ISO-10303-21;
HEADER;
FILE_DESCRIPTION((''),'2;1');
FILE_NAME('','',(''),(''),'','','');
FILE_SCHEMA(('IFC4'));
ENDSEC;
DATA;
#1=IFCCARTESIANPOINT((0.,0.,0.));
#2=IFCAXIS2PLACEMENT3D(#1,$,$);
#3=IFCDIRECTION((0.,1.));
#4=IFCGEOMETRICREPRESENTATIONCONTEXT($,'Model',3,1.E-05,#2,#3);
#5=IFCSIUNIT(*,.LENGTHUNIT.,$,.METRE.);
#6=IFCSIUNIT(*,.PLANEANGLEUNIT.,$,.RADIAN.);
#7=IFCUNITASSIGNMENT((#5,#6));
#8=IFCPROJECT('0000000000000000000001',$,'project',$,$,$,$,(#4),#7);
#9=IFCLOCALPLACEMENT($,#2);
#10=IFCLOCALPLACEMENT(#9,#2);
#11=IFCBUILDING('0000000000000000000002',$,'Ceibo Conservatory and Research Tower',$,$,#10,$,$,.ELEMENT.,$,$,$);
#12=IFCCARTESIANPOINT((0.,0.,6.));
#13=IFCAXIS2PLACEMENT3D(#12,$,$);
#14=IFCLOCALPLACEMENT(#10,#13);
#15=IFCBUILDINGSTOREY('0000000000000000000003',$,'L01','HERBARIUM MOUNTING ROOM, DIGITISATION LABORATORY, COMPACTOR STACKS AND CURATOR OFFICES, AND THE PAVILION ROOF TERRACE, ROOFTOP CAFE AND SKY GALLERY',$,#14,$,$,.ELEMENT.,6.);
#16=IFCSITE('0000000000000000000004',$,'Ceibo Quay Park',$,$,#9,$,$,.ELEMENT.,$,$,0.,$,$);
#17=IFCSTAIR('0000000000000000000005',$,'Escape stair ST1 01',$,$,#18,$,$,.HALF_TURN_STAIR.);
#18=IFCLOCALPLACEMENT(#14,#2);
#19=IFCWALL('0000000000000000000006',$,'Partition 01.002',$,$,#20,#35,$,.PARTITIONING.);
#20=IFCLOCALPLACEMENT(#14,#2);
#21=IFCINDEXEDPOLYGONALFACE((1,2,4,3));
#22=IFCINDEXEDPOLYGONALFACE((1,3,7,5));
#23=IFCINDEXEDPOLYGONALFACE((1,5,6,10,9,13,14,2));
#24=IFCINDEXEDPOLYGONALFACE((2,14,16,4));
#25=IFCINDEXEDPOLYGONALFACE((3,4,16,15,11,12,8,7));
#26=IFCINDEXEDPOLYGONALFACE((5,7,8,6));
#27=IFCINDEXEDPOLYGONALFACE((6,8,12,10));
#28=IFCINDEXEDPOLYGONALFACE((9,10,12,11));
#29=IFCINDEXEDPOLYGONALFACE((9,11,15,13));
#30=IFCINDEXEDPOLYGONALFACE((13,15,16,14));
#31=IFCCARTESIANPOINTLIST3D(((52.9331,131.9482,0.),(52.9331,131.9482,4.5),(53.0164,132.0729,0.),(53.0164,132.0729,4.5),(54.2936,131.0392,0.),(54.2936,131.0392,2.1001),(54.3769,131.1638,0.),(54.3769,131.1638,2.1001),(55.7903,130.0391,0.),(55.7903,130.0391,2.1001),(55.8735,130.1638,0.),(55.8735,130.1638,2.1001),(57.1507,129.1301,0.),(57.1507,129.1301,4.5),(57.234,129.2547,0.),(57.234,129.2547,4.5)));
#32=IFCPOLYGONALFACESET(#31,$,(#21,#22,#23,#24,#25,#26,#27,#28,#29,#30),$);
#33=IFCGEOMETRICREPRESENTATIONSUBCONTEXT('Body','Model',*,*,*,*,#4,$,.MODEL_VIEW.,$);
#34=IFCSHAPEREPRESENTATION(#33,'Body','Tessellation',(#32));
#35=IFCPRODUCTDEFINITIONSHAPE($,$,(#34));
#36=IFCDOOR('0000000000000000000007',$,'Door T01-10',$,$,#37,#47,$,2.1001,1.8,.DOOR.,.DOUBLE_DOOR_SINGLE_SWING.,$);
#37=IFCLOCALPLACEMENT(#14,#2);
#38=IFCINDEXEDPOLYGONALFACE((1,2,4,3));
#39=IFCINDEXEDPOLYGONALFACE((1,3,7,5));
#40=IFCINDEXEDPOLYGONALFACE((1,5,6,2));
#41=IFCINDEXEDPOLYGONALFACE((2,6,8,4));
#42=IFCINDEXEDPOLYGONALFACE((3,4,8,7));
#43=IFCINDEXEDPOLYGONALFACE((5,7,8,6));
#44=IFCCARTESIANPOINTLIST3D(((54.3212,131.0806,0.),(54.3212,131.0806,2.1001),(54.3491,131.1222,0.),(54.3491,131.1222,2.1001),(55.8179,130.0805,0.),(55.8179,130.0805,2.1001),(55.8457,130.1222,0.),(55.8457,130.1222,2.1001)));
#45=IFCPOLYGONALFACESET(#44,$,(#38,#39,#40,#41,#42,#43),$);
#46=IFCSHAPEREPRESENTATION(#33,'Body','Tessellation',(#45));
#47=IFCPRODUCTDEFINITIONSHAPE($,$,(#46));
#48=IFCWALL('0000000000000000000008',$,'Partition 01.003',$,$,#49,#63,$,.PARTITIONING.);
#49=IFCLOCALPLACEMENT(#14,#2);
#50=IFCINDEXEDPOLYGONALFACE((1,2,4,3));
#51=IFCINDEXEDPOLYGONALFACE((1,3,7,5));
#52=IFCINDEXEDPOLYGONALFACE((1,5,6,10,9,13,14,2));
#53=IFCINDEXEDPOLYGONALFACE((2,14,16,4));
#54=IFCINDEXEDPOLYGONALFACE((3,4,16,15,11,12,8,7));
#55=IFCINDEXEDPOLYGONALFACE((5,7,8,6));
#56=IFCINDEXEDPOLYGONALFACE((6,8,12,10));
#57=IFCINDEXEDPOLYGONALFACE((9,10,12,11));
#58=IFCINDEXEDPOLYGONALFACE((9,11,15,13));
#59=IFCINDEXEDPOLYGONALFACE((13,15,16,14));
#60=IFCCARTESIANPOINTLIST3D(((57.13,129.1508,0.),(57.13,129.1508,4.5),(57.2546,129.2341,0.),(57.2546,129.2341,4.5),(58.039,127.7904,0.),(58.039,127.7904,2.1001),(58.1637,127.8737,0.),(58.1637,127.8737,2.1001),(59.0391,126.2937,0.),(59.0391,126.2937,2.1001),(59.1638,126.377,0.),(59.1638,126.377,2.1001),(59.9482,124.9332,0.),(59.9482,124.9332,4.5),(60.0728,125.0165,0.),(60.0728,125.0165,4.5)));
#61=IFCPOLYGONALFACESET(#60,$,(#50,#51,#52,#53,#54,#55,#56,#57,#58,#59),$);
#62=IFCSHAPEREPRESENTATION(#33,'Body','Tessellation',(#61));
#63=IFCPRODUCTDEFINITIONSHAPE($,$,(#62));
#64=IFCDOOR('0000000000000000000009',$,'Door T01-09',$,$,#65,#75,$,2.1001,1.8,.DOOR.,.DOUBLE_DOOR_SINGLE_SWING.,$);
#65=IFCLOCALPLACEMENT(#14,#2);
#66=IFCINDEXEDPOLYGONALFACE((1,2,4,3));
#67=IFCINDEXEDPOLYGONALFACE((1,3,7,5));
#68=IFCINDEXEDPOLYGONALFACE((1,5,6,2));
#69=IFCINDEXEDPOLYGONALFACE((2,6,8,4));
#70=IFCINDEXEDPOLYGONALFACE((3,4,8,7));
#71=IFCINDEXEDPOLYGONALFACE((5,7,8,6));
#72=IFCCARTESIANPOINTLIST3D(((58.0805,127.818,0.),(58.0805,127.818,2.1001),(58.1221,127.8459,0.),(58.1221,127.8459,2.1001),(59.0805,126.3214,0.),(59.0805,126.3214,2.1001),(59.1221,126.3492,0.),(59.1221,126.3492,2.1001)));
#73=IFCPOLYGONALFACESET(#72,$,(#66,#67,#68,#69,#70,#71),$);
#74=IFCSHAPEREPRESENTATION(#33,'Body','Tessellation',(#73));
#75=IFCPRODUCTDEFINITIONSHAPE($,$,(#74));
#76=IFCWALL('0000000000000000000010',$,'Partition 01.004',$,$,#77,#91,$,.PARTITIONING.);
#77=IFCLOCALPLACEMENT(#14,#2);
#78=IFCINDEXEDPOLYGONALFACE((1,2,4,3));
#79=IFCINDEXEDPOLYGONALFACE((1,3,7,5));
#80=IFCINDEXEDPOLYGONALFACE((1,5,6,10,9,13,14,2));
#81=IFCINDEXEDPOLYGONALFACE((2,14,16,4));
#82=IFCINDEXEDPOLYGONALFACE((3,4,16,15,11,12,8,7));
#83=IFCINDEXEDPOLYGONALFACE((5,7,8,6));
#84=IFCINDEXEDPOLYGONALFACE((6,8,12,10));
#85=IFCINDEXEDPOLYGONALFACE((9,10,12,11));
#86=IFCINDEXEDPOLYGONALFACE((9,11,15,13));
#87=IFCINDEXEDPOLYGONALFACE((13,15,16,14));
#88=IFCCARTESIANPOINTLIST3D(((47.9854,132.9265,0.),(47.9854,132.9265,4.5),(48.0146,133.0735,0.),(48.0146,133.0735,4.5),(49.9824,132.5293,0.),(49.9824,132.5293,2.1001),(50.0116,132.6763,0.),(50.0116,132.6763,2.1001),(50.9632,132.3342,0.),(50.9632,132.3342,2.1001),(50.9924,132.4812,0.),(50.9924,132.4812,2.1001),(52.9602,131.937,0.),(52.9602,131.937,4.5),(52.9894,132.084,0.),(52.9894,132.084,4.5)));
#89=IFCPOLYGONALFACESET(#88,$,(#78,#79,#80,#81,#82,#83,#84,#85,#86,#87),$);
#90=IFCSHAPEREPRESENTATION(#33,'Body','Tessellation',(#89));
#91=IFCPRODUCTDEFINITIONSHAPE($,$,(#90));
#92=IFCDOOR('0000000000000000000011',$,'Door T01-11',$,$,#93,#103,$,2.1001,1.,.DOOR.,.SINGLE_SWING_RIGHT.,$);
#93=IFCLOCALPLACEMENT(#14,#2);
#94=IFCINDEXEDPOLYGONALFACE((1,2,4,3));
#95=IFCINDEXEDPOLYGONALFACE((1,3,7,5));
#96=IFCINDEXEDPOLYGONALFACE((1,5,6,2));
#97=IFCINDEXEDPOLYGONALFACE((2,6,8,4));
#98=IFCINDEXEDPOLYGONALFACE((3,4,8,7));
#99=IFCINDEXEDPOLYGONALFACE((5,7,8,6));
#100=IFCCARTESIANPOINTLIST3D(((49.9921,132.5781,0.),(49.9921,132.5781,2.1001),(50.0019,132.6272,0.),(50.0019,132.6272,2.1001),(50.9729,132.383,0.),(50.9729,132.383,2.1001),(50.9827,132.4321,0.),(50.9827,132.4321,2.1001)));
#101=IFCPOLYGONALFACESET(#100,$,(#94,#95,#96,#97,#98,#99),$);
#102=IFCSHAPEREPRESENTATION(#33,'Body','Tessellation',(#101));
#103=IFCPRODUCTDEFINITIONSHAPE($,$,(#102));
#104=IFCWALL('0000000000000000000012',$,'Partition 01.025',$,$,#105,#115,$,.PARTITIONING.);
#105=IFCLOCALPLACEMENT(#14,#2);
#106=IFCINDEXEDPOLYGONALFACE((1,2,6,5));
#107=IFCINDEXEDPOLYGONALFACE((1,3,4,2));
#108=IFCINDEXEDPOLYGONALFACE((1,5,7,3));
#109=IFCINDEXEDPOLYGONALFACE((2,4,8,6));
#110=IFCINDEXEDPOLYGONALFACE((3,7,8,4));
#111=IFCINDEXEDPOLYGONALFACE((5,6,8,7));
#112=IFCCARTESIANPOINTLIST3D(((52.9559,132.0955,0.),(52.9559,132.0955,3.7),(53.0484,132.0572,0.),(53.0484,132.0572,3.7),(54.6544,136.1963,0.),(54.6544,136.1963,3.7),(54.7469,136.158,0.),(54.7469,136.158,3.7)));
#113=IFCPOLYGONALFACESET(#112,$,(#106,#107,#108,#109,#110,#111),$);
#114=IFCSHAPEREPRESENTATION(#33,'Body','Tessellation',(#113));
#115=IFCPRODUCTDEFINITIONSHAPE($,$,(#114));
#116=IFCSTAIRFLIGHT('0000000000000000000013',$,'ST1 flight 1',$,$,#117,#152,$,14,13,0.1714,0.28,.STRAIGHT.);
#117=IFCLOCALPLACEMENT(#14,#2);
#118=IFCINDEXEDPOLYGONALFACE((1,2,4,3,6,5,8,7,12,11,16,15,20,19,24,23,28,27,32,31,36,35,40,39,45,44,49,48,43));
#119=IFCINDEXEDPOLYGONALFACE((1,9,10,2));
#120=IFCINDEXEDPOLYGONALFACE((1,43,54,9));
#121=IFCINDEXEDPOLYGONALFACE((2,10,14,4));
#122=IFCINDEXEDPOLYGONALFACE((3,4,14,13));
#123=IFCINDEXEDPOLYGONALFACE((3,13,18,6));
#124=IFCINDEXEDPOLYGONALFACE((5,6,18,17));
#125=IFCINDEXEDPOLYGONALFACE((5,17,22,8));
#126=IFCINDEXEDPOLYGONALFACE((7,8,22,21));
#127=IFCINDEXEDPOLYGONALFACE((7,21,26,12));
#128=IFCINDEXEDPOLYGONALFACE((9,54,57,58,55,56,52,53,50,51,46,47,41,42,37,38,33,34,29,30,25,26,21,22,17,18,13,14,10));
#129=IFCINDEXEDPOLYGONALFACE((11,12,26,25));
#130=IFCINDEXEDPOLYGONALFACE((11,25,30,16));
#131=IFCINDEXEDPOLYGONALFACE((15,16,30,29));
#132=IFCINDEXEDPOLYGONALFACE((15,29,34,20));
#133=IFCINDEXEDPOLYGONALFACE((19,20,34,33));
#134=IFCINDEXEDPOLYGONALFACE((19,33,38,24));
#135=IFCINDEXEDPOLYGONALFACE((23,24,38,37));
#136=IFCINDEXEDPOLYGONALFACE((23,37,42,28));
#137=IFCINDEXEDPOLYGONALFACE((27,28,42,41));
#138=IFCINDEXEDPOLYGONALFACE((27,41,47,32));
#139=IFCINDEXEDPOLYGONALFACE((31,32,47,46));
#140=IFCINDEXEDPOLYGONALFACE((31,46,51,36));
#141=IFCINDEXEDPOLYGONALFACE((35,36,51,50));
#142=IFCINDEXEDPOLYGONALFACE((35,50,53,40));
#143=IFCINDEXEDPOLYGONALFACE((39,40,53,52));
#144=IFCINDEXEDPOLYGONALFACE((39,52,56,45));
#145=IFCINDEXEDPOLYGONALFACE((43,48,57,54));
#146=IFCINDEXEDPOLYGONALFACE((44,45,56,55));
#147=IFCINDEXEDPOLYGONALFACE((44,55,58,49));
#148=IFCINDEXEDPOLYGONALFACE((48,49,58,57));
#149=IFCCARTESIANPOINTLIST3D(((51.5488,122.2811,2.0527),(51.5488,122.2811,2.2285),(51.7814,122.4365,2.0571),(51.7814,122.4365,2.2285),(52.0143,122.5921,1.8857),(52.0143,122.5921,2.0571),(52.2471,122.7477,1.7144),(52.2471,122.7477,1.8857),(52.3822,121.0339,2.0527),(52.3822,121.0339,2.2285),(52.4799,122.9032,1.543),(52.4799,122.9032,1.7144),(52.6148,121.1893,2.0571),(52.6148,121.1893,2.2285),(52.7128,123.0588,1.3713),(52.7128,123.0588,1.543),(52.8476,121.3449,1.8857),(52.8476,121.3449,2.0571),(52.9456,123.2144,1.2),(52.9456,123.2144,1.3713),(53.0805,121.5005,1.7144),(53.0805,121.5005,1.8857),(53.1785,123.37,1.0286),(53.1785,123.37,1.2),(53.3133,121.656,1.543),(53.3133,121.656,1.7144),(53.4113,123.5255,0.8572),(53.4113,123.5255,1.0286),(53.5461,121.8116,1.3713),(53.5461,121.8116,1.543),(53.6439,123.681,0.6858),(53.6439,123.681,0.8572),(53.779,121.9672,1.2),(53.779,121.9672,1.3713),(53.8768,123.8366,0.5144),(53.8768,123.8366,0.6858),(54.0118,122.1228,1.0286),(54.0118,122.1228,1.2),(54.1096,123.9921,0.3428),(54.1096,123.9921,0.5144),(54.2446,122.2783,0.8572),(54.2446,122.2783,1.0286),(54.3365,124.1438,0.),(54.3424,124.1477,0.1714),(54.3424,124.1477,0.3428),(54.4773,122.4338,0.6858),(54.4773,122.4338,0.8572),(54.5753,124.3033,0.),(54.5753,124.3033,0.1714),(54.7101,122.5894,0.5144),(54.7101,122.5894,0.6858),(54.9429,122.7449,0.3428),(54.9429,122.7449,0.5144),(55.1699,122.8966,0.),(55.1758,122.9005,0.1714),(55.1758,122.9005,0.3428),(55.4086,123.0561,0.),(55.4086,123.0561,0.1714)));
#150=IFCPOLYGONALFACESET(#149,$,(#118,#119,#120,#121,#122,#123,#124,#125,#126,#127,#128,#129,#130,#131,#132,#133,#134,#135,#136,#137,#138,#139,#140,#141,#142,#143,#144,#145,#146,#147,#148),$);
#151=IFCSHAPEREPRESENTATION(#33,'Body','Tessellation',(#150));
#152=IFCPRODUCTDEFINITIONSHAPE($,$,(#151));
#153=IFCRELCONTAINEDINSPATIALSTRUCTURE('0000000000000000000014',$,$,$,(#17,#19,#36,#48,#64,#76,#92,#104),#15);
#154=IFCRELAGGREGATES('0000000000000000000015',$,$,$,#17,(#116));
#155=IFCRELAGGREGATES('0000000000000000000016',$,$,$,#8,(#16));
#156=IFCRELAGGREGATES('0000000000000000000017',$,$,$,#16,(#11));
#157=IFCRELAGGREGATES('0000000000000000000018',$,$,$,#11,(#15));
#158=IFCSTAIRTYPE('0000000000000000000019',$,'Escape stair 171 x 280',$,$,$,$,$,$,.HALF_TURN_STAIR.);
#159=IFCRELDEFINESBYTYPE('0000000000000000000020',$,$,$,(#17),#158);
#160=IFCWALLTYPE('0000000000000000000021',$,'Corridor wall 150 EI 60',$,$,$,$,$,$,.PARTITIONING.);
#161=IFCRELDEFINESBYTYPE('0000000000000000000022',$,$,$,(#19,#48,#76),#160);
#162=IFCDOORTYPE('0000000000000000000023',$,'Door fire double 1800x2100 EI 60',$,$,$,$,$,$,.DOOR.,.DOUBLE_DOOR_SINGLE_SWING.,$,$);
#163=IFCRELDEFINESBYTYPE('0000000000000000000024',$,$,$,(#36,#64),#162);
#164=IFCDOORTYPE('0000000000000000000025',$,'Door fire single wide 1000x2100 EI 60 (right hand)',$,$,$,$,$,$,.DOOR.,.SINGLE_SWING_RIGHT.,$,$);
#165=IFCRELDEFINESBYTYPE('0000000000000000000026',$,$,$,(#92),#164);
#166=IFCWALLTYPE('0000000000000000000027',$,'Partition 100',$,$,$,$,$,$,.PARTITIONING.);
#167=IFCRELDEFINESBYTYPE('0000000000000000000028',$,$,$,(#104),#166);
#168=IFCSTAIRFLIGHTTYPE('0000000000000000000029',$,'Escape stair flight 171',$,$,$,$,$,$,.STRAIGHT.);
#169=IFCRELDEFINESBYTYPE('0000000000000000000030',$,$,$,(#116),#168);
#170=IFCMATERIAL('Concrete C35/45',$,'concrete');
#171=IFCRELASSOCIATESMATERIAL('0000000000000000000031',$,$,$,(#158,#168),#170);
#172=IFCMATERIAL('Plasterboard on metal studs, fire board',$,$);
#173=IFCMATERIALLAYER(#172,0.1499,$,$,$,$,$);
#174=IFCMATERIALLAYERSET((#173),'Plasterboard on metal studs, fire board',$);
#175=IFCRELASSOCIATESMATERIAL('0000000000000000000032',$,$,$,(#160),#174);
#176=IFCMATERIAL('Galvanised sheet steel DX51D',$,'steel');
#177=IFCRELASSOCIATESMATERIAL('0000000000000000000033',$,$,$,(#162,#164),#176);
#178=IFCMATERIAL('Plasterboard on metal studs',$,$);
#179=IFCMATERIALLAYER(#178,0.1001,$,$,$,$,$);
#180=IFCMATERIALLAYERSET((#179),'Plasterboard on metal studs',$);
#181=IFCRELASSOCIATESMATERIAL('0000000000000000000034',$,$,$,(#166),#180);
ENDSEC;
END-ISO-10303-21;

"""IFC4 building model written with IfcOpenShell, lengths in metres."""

from ifc_helpers import new_model, si_unit, direction, frame, frame_2d, origin, place, context, subcontext, project, spatial, polyline, rectangle, outline, extrude, material, layer, layer_set, type_object, element, fill, aggregate, save


model = new_model("IFC4")

# Units and contexts
model_context = context("Model", 3, precision=1e-05, world=origin(), true_north=direction((0.0, 1.0)))
body_context = subcontext(model_context, "Body", "Model", "MODEL_VIEW")
ifc_project = project(units=[si_unit("LENGTHUNIT", "METRE"), si_unit("PLANEANGLEUNIT", "RADIAN")], contexts=[model_context])

# Site, building, storey
site_placement = place(None, origin())
site = spatial("IfcSite", under=ifc_project, at=site_placement, Name="Ceibo Quay Park", CompositionType="ELEMENT", RefElevation=0.0)
building_placement = place(site_placement, origin())
building = spatial("IfcBuilding", under=site, at=building_placement, Name="Ceibo Conservatory and Research Tower", CompositionType="ELEMENT")
storey_placement = place(building_placement, frame((0.0, 0.0, 6.0)))
storey = spatial("IfcBuildingStorey", under=building, at=storey_placement, Name="L01", Description="HERBARIUM MOUNTING ROOM, DIGITISATION LABORATORY, COMPACTOR STACKS AND CURATOR OFFICES, AND THE PAVILION ROOF TERRACE, ROOFTOP CAFE AND SKY GALLERY", CompositionType="ELEMENT", Elevation=6.0)

# Shared definitions
ifc_material_1 = material(Name="Concrete C35/45", Category="concrete")

# Stair
stair_type = type_object("IfcStairType", Name="Escape stair 171 x 280", PredefinedType="HALF_TURN_STAIR", material=ifc_material_1)
stair_placement = place(storey_placement, origin())
stair = element("IfcStair", 1, at=stair_placement, inside=storey, type_object=stair_type, Name="Escape stair ST1 01", PredefinedType="HALF_TURN_STAIR")

# Shared definitions
ifc_material_2 = material(Name="Plasterboard on metal studs")

# Shared definitions
ifc_material_3 = material(Name="Galvanised sheet steel DX51D", Category="steel")

# Shared definitions
ifc_material_4 = material(Name="Plasterboard on metal studs, fire board")
ifc_layer_1 = layer(ifc_material_4, 0.1499)
ifc_layer_set_1 = layer_set([ifc_layer_1], Name="Plasterboard on metal studs, fire board")
wall_type_1 = type_object("IfcWallType", Name="Corridor wall 150 EI 60", PredefinedType="PARTITIONING", material=ifc_layer_set_1)

# Walls, openings, doors
wall_1_placement = place(storey_placement, frame((52.9749, 132.0105, 0.0), z_axis=(0.0, 0.0, 1.0), x_axis=(0.831465, -0.555577, 0.0)))
wall_1 = element("IfcWall", 2, at=wall_1_placement, inside=storey, type_object=wall_type_1, Name="Partition 01.002", PredefinedType="PARTITIONING", context=body_context, shape_type="SweptSolid", body=[
    extrude(rectangle(XDim=5.0725, YDim=0.1499, at=frame_2d((2.5361, 0.0))), origin(), (0.0, 0.0, 1.0), 4.5),
])
opening_1_placement = place(wall_1_placement, frame((1.6362, 0.0, 0.0)))
opening_1 = element("IfcOpeningElement", 3, at=opening_1_placement, cuts=wall_1, PredefinedType="OPENING", context=body_context, shape_type="SweptSolid", body=[
    extrude(rectangle(XDim=1.8, YDim=2.1001, at=frame_2d((0.8999, 1.05))), frame((0.0, 0.085, 0.0), z_axis=(0.0, -1.0, 0.0), x_axis=(1.0, 0.0, 0.0)), (0.0, 0.0, 1.0), 0.1699),
])
door_type_1 = type_object("IfcDoorType", Name="Door fire double 1800x2100 EI 60", OperationType="DOUBLE_DOOR_SINGLE_SWING", PredefinedType="DOOR", material=ifc_material_3)
door_1_placement = place(opening_1_placement, origin())
door_1 = element("IfcDoor", 4, at=door_1_placement, inside=storey, type_object=door_type_1, Name="Door T01-10", OperationType="DOUBLE_DOOR_SINGLE_SWING", OverallHeight=2.1001, OverallWidth=1.8, PredefinedType="DOOR", context=body_context, shape_type="SweptSolid", body=[
    extrude(rectangle(XDim=1.8, YDim=2.1001, at=frame_2d((0.8999, 1.05))), frame((0.0, 0.0249, 0.0), z_axis=(0.0, -1.0, 0.0), x_axis=(1.0, 0.0, 0.0)), (0.0, 0.0, 1.0), 0.05),
])
fill(opening_1, door_1)
wall_2_placement = place(storey_placement, frame((57.1924, 129.1924, 0.0), z_axis=(0.0, 0.0, 1.0), x_axis=(0.555577, -0.831465, 0.0)))
wall_2 = element("IfcWall", 5, at=wall_2_placement, inside=storey, type_object=wall_type_1, Name="Partition 01.003", PredefinedType="PARTITIONING", context=body_context, shape_type="SweptSolid", body=[
    extrude(rectangle(XDim=5.0725, YDim=0.1499, at=frame_2d((2.5361, 0.0))), origin(), (0.0, 0.0, 1.0), 4.5),
])
opening_2_placement = place(wall_2_placement, frame((1.6362, 0.0, 0.0)))
opening_2 = element("IfcOpeningElement", 6, at=opening_2_placement, cuts=wall_2, PredefinedType="OPENING", context=body_context, shape_type="SweptSolid", body=[
    extrude(rectangle(XDim=1.8, YDim=2.1001, at=frame_2d((0.8999, 1.05))), frame((0.0, 0.085, 0.0), z_axis=(0.0, -1.0, 0.0), x_axis=(1.0, 0.0, 0.0)), (0.0, 0.0, 1.0), 0.1699),
])
door_2_placement = place(opening_2_placement, origin())
door_2 = element("IfcDoor", 7, at=door_2_placement, inside=storey, type_object=door_type_1, Name="Door T01-09", OperationType="DOUBLE_DOOR_SINGLE_SWING", OverallHeight=2.1001, OverallWidth=1.8, PredefinedType="DOOR", context=body_context, shape_type="SweptSolid", body=[
    extrude(rectangle(XDim=1.8, YDim=2.1001, at=frame_2d((0.8999, 1.05))), frame((0.0, 0.0249, 0.0), z_axis=(0.0, -1.0, 0.0), x_axis=(1.0, 0.0, 0.0)), (0.0, 0.0, 1.0), 0.05),
])
fill(opening_2, door_2)
wall_3_placement = place(storey_placement, frame((48.0, 133.0, 0.0), z_axis=(0.0, 0.0, 1.0), x_axis=(0.980787, -0.195079, 0.0)))
wall_3 = element("IfcWall", 8, at=wall_3_placement, inside=storey, type_object=wall_type_1, Name="Partition 01.004", PredefinedType="PARTITIONING", context=body_context, shape_type="SweptSolid", body=[
    extrude(rectangle(XDim=5.0723, YDim=0.1499, at=frame_2d((2.5361, 0.0))), origin(), (0.0, 0.0, 1.0), 4.5),
])
opening_3_placement = place(wall_3_placement, frame((2.0361, 0.0, 0.0)))
opening_3 = element("IfcOpeningElement", 9, at=opening_3_placement, cuts=wall_3, PredefinedType="OPENING", context=body_context, shape_type="SweptSolid", body=[
    extrude(rectangle(XDim=1.0, YDim=2.1001, at=frame_2d((0.5, 1.05))), frame((0.0, 0.085, 0.0), z_axis=(0.0, -1.0, 0.0), x_axis=(1.0, 0.0, 0.0)), (0.0, 0.0, 1.0), 0.1699),
])
door_type_2 = type_object("IfcDoorType", Name="Door fire single wide 1000x2100 EI 60 (right hand)", OperationType="SINGLE_SWING_RIGHT", PredefinedType="DOOR", material=ifc_material_3)
door_3_placement = place(opening_3_placement, origin())
door_3 = element("IfcDoor", 10, at=door_3_placement, inside=storey, type_object=door_type_2, Name="Door T01-11", OperationType="SINGLE_SWING_RIGHT", OverallHeight=2.1001, OverallWidth=1.0, PredefinedType="DOOR", context=body_context, shape_type="SweptSolid", body=[
    extrude(rectangle(XDim=1.0, YDim=2.1001, at=frame_2d((0.5, 1.05))), frame((0.0, 0.0249, 0.0), z_axis=(0.0, -1.0, 0.0), x_axis=(1.0, 0.0, 0.0)), (0.0, 0.0, 1.0), 0.05),
])
fill(opening_3, door_3)

# Wall
ifc_layer_2 = layer(ifc_material_2, 0.1001)
ifc_layer_set_2 = layer_set([ifc_layer_2], Name="Plasterboard on metal studs")
wall_type_2 = type_object("IfcWallType", Name="Partition 100", PredefinedType="PARTITIONING", material=ifc_layer_set_2)
wall_4_placement = place(storey_placement, frame((53.0022, 132.0764, 0.0), z_axis=(0.0, 0.0, 1.0), x_axis=(0.382658, 0.92389, 0.0)))
element("IfcWall", 11, at=wall_4_placement, inside=storey, type_object=wall_type_2, Name="Partition 01.025", PredefinedType="PARTITIONING", context=body_context, shape_type="SweptSolid", body=[
    extrude(rectangle(XDim=4.4387, YDim=0.1001, at=frame_2d((2.2192, 0.0))), origin(), (0.0, 0.0, 1.0), 3.7),
])

# Stair flight
stair_flight_type = type_object("IfcStairFlightType", Name="Escape stair flight 171", PredefinedType="STRAIGHT", material=ifc_material_1)
stair_flight_placement = place(storey_placement, frame((54.9919, 123.6797, 0.0), z_axis=(0.0, 0.0, 1.0), x_axis=(-0.83147, -0.55557, 0.0)))
stair_flight = element("IfcStairFlight", 12, at=stair_flight_placement, type_object=stair_flight_type, Name="ST1 flight 1", NumberOfRisers=14, NumberOfTreads=13, PredefinedType="STRAIGHT", RiserHeight=0.1714, TreadLength=0.28, context=body_context, shape_type="SweptSolid", body=[
    extrude(outline(polyline([(0.0, 0.0), (0.0, 0.1714), (0.28, 0.1714), (0.28, 0.3428), (0.5601, 0.3428), (0.5601, 0.5144), (0.8401, 0.5144), (0.8401, 0.6858), (1.1201, 0.6858), (1.1201, 0.8572), (1.3999, 0.8572), (1.3999, 1.0286), (1.6799, 1.0286), (1.6799, 1.2), (1.96, 1.2), (1.96, 1.3713), (2.24, 1.3713), (2.24, 1.543), (2.52, 1.543), (2.52, 1.7144), (2.8, 1.7144), (2.8, 1.8857), (3.0801, 1.8857), (3.0801, 2.0571), (3.3601, 2.0571), (3.3601, 2.2285), (3.6399, 2.2285), (3.6399, 2.3999), (3.6399, 2.0527), (0.2871, 0.0), (0.0, 0.0)])), frame((0.0, 0.75, 0.0), z_axis=(0.0, -1.0, 0.0), x_axis=(1.0, 0.0, 0.0)), (0.0, 0.0, 1.0), 1.5),
])
aggregate(stair, [stair_flight])

save(model, "model.ifc")
